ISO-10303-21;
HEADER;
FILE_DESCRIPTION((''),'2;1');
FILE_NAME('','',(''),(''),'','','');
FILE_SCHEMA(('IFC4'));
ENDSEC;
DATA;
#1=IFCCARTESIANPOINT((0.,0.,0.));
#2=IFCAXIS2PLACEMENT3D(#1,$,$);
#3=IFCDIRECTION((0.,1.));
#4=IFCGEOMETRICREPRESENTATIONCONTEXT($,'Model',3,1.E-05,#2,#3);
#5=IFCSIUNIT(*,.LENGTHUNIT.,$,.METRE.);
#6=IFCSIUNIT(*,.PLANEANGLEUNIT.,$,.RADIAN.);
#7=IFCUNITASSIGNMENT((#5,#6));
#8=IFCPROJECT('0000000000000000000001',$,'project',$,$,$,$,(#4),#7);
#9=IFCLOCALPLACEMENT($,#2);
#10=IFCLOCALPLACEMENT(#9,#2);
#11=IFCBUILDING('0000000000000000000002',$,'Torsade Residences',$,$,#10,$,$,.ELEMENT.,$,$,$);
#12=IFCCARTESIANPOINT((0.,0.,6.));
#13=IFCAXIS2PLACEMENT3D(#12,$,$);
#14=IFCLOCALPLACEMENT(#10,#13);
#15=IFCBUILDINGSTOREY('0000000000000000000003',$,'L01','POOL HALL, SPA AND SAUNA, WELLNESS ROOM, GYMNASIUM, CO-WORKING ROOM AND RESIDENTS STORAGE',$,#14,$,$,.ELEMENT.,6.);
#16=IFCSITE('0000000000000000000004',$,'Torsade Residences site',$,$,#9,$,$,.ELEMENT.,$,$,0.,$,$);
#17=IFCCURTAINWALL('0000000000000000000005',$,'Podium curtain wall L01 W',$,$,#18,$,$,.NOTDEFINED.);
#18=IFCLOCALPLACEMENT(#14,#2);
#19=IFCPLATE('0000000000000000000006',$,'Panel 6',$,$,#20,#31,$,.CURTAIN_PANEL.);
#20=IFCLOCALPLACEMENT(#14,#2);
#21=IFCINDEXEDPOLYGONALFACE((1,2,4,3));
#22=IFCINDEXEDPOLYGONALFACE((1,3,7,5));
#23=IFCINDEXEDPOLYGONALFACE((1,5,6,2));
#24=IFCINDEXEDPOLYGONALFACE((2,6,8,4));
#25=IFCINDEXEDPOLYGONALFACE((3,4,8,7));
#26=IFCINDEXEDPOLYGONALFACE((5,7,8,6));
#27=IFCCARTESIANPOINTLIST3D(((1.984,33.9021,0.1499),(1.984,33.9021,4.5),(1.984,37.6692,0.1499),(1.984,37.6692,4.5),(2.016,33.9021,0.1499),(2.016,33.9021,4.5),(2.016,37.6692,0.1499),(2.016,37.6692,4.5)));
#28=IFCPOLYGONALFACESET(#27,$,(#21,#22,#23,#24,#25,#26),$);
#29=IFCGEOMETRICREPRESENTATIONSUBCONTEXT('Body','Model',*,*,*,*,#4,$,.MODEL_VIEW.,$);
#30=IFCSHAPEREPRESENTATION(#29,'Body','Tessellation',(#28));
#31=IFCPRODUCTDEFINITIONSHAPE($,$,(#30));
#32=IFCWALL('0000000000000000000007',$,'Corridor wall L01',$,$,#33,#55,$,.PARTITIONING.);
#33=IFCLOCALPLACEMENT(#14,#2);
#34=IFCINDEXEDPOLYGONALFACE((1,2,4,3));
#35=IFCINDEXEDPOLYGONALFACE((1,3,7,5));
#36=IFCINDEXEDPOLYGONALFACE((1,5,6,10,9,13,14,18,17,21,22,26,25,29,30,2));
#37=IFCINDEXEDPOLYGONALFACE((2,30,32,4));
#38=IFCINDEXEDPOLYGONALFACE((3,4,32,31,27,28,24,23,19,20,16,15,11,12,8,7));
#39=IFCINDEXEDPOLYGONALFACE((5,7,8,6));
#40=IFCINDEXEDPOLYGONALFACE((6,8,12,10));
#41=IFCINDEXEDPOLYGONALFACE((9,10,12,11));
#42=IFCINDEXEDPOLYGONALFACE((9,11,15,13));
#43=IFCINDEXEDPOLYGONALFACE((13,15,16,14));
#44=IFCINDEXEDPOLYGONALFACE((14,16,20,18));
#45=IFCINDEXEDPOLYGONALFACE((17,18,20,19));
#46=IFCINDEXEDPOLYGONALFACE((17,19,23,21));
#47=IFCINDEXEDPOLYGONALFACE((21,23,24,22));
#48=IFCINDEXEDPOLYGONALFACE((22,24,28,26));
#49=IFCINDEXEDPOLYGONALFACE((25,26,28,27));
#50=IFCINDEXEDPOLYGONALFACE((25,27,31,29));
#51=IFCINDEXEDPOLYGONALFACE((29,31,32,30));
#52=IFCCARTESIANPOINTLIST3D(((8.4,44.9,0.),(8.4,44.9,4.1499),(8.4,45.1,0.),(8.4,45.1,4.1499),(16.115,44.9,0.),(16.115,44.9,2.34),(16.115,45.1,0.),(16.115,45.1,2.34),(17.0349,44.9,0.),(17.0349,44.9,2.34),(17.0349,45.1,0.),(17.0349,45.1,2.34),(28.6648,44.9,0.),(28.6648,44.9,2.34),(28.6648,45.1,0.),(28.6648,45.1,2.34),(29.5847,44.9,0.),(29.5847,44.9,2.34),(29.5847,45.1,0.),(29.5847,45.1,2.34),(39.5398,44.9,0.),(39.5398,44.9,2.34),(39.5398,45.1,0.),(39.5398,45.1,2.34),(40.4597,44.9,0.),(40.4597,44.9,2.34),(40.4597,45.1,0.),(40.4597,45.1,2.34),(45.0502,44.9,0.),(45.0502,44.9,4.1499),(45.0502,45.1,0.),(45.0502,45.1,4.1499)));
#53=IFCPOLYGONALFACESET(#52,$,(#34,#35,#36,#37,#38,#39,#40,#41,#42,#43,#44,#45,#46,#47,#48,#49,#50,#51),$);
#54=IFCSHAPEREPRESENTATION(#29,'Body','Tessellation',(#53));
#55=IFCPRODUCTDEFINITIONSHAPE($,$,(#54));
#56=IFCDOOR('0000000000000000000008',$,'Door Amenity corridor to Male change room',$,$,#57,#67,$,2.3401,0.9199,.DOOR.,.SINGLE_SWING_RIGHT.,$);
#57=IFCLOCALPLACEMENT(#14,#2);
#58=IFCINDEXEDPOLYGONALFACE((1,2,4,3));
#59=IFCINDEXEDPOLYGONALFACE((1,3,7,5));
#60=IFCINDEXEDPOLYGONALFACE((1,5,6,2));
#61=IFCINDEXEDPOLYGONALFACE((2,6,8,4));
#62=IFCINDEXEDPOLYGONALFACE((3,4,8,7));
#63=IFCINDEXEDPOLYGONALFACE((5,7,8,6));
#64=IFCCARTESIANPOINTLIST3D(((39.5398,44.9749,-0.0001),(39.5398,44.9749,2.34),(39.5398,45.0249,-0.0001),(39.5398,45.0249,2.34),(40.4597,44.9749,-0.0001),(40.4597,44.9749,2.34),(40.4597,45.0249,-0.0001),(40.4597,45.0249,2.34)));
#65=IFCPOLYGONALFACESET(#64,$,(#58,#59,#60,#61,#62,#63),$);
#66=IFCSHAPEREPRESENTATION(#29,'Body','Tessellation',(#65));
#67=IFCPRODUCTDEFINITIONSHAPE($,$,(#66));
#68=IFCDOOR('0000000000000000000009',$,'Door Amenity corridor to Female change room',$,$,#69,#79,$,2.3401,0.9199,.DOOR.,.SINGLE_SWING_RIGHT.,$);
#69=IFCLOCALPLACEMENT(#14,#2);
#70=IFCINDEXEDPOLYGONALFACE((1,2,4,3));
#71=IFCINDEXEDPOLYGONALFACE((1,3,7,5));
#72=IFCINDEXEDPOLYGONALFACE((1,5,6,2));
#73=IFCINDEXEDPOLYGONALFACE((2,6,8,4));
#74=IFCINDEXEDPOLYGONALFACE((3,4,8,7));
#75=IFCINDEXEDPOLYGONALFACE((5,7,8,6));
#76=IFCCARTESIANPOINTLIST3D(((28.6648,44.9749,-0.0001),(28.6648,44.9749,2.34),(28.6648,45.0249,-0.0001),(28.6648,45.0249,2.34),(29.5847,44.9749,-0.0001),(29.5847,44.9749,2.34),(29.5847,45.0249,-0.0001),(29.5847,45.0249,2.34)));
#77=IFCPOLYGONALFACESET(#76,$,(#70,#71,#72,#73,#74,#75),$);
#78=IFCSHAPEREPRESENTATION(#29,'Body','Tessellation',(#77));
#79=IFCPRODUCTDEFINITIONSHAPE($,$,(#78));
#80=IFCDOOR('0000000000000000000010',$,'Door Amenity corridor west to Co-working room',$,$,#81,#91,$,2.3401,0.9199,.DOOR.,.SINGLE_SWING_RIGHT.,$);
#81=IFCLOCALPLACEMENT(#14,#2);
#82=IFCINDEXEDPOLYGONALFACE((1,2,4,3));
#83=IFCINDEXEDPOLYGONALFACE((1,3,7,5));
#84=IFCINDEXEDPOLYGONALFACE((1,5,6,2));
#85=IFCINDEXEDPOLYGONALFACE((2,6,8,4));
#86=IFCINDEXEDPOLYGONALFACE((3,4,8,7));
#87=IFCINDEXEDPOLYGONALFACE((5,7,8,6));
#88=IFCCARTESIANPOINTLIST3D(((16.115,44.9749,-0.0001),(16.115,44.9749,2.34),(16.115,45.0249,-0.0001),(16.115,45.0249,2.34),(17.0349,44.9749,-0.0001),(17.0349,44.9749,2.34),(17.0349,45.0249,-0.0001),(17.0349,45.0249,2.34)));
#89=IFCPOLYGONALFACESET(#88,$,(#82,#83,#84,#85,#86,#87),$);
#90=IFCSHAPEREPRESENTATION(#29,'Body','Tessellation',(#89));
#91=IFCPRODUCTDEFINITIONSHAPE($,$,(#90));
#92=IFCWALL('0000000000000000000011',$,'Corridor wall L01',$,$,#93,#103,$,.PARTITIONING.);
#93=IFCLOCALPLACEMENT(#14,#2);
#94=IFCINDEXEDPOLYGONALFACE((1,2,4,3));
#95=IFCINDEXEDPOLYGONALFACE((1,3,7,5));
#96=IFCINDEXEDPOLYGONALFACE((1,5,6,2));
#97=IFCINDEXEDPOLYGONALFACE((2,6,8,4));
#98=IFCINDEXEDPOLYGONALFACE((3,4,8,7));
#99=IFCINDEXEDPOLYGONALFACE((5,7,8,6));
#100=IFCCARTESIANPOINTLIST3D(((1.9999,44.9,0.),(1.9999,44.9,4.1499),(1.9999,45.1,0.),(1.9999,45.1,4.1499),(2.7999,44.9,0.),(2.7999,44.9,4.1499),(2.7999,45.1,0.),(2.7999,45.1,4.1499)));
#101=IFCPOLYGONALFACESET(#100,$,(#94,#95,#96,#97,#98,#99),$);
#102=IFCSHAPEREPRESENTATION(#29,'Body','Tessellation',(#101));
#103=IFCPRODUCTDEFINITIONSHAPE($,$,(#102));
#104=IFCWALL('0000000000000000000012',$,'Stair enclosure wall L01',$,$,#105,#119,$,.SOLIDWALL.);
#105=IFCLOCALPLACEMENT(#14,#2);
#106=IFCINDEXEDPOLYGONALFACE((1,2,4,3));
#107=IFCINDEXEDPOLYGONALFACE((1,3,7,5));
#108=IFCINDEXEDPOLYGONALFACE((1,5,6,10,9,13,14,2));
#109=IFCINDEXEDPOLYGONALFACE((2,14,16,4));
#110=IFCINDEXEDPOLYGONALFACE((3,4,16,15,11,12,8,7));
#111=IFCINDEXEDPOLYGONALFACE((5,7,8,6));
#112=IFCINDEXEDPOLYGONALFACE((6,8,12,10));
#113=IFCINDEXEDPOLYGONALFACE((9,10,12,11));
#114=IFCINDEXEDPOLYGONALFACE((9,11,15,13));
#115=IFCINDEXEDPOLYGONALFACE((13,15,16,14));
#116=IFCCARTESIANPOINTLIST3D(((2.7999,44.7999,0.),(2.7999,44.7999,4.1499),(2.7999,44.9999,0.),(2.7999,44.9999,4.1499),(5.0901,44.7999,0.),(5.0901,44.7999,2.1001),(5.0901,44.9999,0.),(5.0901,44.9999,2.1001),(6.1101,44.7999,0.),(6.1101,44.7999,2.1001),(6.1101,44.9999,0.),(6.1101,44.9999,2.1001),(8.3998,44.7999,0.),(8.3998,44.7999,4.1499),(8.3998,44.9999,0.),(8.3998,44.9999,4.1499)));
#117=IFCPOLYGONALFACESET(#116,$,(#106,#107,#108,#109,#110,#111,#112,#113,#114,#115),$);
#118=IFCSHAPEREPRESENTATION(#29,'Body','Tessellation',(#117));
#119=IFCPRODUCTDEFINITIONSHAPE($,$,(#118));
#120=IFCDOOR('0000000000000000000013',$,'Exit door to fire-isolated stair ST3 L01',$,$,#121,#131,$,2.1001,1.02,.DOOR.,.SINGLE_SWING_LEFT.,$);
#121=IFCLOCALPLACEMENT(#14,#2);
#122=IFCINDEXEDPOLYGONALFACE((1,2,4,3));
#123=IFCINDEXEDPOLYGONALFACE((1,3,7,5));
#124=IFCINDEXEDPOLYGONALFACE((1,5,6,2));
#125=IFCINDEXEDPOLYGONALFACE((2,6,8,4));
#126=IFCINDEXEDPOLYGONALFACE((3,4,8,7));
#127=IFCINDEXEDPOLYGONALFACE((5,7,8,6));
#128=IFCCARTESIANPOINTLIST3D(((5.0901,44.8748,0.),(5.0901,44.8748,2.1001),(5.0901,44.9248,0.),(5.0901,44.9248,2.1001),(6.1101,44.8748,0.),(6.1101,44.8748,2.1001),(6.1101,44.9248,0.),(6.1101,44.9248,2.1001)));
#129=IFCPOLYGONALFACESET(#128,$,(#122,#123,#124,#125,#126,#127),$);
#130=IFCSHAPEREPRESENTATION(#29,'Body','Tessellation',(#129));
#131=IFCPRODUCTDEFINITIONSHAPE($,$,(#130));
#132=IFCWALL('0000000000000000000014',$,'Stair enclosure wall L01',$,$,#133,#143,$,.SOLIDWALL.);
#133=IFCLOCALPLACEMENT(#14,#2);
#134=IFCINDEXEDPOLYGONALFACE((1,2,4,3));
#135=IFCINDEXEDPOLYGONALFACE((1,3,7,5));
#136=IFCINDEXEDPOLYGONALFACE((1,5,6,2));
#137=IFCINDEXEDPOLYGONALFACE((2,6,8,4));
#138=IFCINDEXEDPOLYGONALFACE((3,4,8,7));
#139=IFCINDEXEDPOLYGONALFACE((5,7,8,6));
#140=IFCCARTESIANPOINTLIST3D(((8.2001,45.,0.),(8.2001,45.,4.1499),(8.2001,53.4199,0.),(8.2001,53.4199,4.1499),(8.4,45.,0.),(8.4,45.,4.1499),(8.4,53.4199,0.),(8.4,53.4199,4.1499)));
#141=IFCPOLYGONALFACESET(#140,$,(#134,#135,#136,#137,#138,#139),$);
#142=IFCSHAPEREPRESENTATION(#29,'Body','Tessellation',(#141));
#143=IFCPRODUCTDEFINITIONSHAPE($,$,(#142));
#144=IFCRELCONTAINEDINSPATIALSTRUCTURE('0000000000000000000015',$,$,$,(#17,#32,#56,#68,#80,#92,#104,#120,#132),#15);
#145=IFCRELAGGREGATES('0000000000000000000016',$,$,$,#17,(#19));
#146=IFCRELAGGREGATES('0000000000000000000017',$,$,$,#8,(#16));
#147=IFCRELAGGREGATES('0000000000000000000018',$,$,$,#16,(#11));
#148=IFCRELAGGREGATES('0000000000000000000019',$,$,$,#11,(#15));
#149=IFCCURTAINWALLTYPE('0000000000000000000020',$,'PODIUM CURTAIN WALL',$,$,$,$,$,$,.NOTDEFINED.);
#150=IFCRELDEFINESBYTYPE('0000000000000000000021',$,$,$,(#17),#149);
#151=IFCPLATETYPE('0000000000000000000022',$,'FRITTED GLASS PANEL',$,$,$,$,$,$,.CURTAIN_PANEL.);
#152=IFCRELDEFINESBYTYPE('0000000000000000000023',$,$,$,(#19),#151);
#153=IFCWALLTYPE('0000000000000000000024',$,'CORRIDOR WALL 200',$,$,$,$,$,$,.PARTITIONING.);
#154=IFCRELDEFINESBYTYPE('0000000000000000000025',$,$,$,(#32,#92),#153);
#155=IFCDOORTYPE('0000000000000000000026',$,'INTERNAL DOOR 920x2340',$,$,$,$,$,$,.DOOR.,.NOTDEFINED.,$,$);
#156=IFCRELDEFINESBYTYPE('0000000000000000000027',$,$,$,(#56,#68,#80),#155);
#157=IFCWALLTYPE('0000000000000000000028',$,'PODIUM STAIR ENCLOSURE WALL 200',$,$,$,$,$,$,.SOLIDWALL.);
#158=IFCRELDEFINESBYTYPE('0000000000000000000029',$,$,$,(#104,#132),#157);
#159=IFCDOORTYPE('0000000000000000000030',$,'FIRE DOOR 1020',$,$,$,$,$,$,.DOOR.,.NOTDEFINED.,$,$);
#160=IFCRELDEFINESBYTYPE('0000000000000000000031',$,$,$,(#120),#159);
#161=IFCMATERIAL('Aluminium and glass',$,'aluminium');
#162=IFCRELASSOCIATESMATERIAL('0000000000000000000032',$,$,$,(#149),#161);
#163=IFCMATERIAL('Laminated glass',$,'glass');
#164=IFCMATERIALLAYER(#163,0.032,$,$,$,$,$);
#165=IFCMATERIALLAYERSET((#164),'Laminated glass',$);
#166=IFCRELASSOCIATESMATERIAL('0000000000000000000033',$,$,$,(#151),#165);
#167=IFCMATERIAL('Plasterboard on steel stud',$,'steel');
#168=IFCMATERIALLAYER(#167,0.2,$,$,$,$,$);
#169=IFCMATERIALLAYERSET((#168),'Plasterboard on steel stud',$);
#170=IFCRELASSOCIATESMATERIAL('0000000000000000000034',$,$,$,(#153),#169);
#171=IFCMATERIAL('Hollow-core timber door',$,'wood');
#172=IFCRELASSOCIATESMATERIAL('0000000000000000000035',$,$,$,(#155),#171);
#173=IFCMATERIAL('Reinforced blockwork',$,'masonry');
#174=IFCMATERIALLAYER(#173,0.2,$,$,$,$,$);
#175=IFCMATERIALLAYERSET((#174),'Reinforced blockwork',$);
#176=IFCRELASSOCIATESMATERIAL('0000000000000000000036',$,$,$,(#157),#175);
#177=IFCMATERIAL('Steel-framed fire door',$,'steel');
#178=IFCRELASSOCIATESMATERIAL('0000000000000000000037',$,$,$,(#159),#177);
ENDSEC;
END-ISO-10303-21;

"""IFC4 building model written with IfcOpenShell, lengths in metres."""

from ifc_helpers import new_model, si_unit, direction, frame, frame_2d, origin, origin_2d, place, context, subcontext, project, spatial, rectangle, extrude, material, layer, layer_set, type_object, element, fill, aggregate, save


model = new_model("IFC4")

# Units and contexts
model_context = context("Model", 3, precision=1e-05, world=origin(), true_north=direction((0.0, 1.0)))
body_context = subcontext(model_context, "Body", "Model", "MODEL_VIEW")
ifc_project = project(units=[si_unit("LENGTHUNIT", "METRE"), si_unit("PLANEANGLEUNIT", "RADIAN")], contexts=[model_context])

# Site, building, storey
site_placement = place(None, origin())
site = spatial("IfcSite", under=ifc_project, at=site_placement, Name="Torsade Residences site", CompositionType="ELEMENT", RefElevation=0.0)
building_placement = place(site_placement, origin())
building = spatial("IfcBuilding", under=site, at=building_placement, Name="Torsade Residences", CompositionType="ELEMENT")
storey_placement = place(building_placement, frame((0.0, 0.0, 6.0)))
storey = spatial("IfcBuildingStorey", under=building, at=storey_placement, Name="L01", Description="POOL HALL, SPA AND SAUNA, WELLNESS ROOM, GYMNASIUM, CO-WORKING ROOM AND RESIDENTS STORAGE", CompositionType="ELEMENT", Elevation=6.0)

# Curtain wall, plate
ifc_material_1 = material(Name="Aluminium and glass", Category="aluminium")
curtain_wall_type = type_object("IfcCurtainWallType", Name="PODIUM CURTAIN WALL", PredefinedType="NOTDEFINED", material=ifc_material_1)
curtain_wall_placement = place(storey_placement, origin())
curtain_wall = element("IfcCurtainWall", 1, at=curtain_wall_placement, inside=storey, type_object=curtain_wall_type, Name="Podium curtain wall L01 W", PredefinedType="NOTDEFINED")
ifc_material_2 = material(Name="Laminated glass", Category="glass")
ifc_layer_1 = layer(ifc_material_2, 0.032)
ifc_layer_set_1 = layer_set([ifc_layer_1], Name="Laminated glass")
plate_type = type_object("IfcPlateType", Name="FRITTED GLASS PANEL", PredefinedType="CURTAIN_PANEL", material=ifc_layer_set_1)
plate_1_placement = place(storey_placement, frame((2.0, 35.7856, 0.1499), z_axis=(0.0, 0.0, 1.0), x_axis=(0.0, -1.0, 0.0)))
plate_1 = element("IfcPlate", 2, at=plate_1_placement, type_object=plate_type, Name="Panel 6", PredefinedType="CURTAIN_PANEL", context=body_context, shape_type="SweptSolid", body=[
    extrude(rectangle(XDim=3.7671, YDim=0.032, at=origin_2d()), origin(), (0.0, 0.0, 1.0), 4.3501),
])
aggregate(curtain_wall, [plate_1])

# Wall, openings, doors
ifc_material_3 = material(Name="Plasterboard on steel stud", Category="steel")
ifc_layer_2 = layer(ifc_material_3, 0.2)
ifc_layer_set_2 = layer_set([ifc_layer_2], Name="Plasterboard on steel stud")
wall_type_1 = type_object("IfcWallType", Name="CORRIDOR WALL 200", PredefinedType="PARTITIONING", material=ifc_layer_set_2)
wall_1_placement = place(storey_placement, frame((8.3999, 45.0, 0.0), z_axis=(0.0, 0.0, 1.0), x_axis=(1.0, 0.0, 0.0)))
wall_1 = element("IfcWall", 3, at=wall_1_placement, inside=storey, type_object=wall_type_1, Name="Corridor wall L01", PredefinedType="PARTITIONING", context=body_context, shape_type="SweptSolid", body=[
    extrude(rectangle(XDim=36.6501, YDim=0.2, at=frame_2d((18.3252, 0.0))), origin(), (0.0, 0.0, 1.0), 4.1499),
])
opening_1_placement = place(wall_1_placement, frame((31.1399, 0.0, 0.0)))
opening_1 = element("IfcOpeningElement", 4, at=opening_1_placement, cuts=wall_1, PredefinedType="OPENING", context=body_context, shape_type="SweptSolid", body=[
    extrude(rectangle(XDim=0.9199, YDim=2.3401, at=frame_2d((0.46, 1.1699))), frame((0.0, 0.1099, 0.0), z_axis=(0.0, -1.0, 0.0), x_axis=(1.0, 0.0, 0.0)), (0.0, 0.0, 1.0), 0.22),
])
opening_2_placement = place(wall_1_placement, frame((20.2649, 0.0, 0.0)))
opening_2 = element("IfcOpeningElement", 5, at=opening_2_placement, cuts=wall_1, PredefinedType="OPENING", context=body_context, shape_type="SweptSolid", body=[
    extrude(rectangle(XDim=0.9199, YDim=2.3401, at=frame_2d((0.46, 1.1699))), frame((0.0, 0.1099, 0.0), z_axis=(0.0, -1.0, 0.0), x_axis=(1.0, 0.0, 0.0)), (0.0, 0.0, 1.0), 0.22),
])
opening_3_placement = place(wall_1_placement, frame((7.7151, 0.0, 0.0)))
opening_3 = element("IfcOpeningElement", 6, at=opening_3_placement, cuts=wall_1, PredefinedType="OPENING", context=body_context, shape_type="SweptSolid", body=[
    extrude(rectangle(XDim=0.9199, YDim=2.3401, at=frame_2d((0.46, 1.1699))), frame((0.0, 0.1099, 0.0), z_axis=(0.0, -1.0, 0.0), x_axis=(1.0, 0.0, 0.0)), (0.0, 0.0, 1.0), 0.22),
])
ifc_material_4 = material(Name="Hollow-core timber door", Category="wood")
door_type_1 = type_object("IfcDoorType", Name="INTERNAL DOOR 920x2340", OperationType="NOTDEFINED", PredefinedType="DOOR", material=ifc_material_4)
door_1_placement = place(opening_1_placement, origin())
door_1 = element("IfcDoor", 7, at=door_1_placement, inside=storey, type_object=door_type_1, Name="Door Amenity corridor to Male change room", OperationType="SINGLE_SWING_RIGHT", OverallHeight=2.3401, OverallWidth=0.9199, PredefinedType="DOOR", context=body_context, shape_type="SweptSolid", body=[
    extrude(rectangle(XDim=0.9199, YDim=2.3401, at=frame_2d((0.46, 1.1699))), frame((0.0, 0.0249, 0.0), z_axis=(0.0, -1.0, 0.0), x_axis=(1.0, 0.0, 0.0)), (0.0, 0.0, 1.0), 0.05),
])
fill(opening_1, door_1)
door_2_placement = place(opening_2_placement, origin())
door_2 = element("IfcDoor", 8, at=door_2_placement, inside=storey, type_object=door_type_1, Name="Door Amenity corridor to Female change room", OperationType="SINGLE_SWING_RIGHT", OverallHeight=2.3401, OverallWidth=0.9199, PredefinedType="DOOR", context=body_context, shape_type="SweptSolid", body=[
    extrude(rectangle(XDim=0.9199, YDim=2.3401, at=frame_2d((0.46, 1.1699))), frame((0.0, 0.0249, 0.0), z_axis=(0.0, -1.0, 0.0), x_axis=(1.0, 0.0, 0.0)), (0.0, 0.0, 1.0), 0.05),
])
fill(opening_2, door_2)
door_3_placement = place(opening_3_placement, origin())
door_3 = element("IfcDoor", 9, at=door_3_placement, inside=storey, type_object=door_type_1, Name="Door Amenity corridor west to Co-working room", OperationType="SINGLE_SWING_RIGHT", OverallHeight=2.3401, OverallWidth=0.9199, PredefinedType="DOOR", context=body_context, shape_type="SweptSolid", body=[
    extrude(rectangle(XDim=0.9199, YDim=2.3401, at=frame_2d((0.46, 1.1699))), frame((0.0, 0.0249, 0.0), z_axis=(0.0, -1.0, 0.0), x_axis=(1.0, 0.0, 0.0)), (0.0, 0.0, 1.0), 0.05),
])
fill(opening_3, door_3)

# Wall
wall_2_placement = place(storey_placement, frame((2.0, 45.0, 0.0), z_axis=(0.0, 0.0, 1.0), x_axis=(1.0, 0.0, 0.0)))
element("IfcWall", 10, at=wall_2_placement, inside=storey, type_object=wall_type_1, Name="Corridor wall L01", PredefinedType="PARTITIONING", context=body_context, shape_type="SweptSolid", body=[
    extrude(rectangle(XDim=0.8, YDim=0.2, at=frame_2d((0.3999, 0.0))), origin(), (0.0, 0.0, 1.0), 4.1499),
])

# Wall, opening, door
ifc_material_5 = material(Name="Reinforced blockwork", Category="masonry")
ifc_layer_3 = layer(ifc_material_5, 0.2)
ifc_layer_set_3 = layer_set([ifc_layer_3], Name="Reinforced blockwork")
wall_type_2 = type_object("IfcWallType", Name="PODIUM STAIR ENCLOSURE WALL 200", PredefinedType="SOLIDWALL", material=ifc_layer_set_3)
wall_3_placement = place(storey_placement, frame((2.8, 44.8999, 0.0), z_axis=(0.0, 0.0, 1.0), x_axis=(1.0, 0.0, 0.0)))
wall_3 = element("IfcWall", 11, at=wall_3_placement, inside=storey, type_object=wall_type_2, Name="Stair enclosure wall L01", PredefinedType="SOLIDWALL", context=body_context, shape_type="SweptSolid", body=[
    extrude(rectangle(XDim=5.5999, YDim=0.2, at=frame_2d((2.7998, 0.0))), origin(), (0.0, 0.0, 1.0), 4.1499),
])
opening_4_placement = place(wall_3_placement, frame((2.29, 0.0, 0.0)))
opening_4 = element("IfcOpeningElement", 12, at=opening_4_placement, cuts=wall_3, PredefinedType="OPENING", context=body_context, shape_type="SweptSolid", body=[
    extrude(rectangle(XDim=1.02, YDim=2.1001, at=frame_2d((0.51, 1.05))), frame((0.0, 0.1099, 0.0), z_axis=(0.0, -1.0, 0.0), x_axis=(1.0, 0.0, 0.0)), (0.0, 0.0, 1.0), 0.22),
])
ifc_material_6 = material(Name="Steel-framed fire door", Category="steel")
door_type_2 = type_object("IfcDoorType", Name="FIRE DOOR 1020", OperationType="NOTDEFINED", PredefinedType="DOOR", material=ifc_material_6)
door_4_placement = place(opening_4_placement, origin())
door_4 = element("IfcDoor", 13, at=door_4_placement, inside=storey, type_object=door_type_2, Name="Exit door to fire-isolated stair ST3 L01", OperationType="SINGLE_SWING_LEFT", OverallHeight=2.1001, OverallWidth=1.02, PredefinedType="DOOR", context=body_context, shape_type="SweptSolid", body=[
    extrude(rectangle(XDim=1.02, YDim=2.1001, at=frame_2d((0.51, 1.05))), frame((0.0, 0.0249, 0.0), z_axis=(0.0, -1.0, 0.0), x_axis=(1.0, 0.0, 0.0)), (0.0, 0.0, 1.0), 0.05),
])
fill(opening_4, door_4)

# Wall
wall_4_placement = place(storey_placement, frame((8.3, 45.0, 0.0), z_axis=(0.0, 0.0, 1.0), x_axis=(0.0, 1.0, 0.0)))
element("IfcWall", 14, at=wall_4_placement, inside=storey, type_object=wall_type_2, Name="Stair enclosure wall L01", PredefinedType="SOLIDWALL", context=body_context, shape_type="SweptSolid", body=[
    extrude(rectangle(XDim=8.4199, YDim=0.2, at=frame_2d((4.21, 0.0))), origin(), (0.0, 0.0, 1.0), 4.1499),
])

save(model, "model.ifc")
